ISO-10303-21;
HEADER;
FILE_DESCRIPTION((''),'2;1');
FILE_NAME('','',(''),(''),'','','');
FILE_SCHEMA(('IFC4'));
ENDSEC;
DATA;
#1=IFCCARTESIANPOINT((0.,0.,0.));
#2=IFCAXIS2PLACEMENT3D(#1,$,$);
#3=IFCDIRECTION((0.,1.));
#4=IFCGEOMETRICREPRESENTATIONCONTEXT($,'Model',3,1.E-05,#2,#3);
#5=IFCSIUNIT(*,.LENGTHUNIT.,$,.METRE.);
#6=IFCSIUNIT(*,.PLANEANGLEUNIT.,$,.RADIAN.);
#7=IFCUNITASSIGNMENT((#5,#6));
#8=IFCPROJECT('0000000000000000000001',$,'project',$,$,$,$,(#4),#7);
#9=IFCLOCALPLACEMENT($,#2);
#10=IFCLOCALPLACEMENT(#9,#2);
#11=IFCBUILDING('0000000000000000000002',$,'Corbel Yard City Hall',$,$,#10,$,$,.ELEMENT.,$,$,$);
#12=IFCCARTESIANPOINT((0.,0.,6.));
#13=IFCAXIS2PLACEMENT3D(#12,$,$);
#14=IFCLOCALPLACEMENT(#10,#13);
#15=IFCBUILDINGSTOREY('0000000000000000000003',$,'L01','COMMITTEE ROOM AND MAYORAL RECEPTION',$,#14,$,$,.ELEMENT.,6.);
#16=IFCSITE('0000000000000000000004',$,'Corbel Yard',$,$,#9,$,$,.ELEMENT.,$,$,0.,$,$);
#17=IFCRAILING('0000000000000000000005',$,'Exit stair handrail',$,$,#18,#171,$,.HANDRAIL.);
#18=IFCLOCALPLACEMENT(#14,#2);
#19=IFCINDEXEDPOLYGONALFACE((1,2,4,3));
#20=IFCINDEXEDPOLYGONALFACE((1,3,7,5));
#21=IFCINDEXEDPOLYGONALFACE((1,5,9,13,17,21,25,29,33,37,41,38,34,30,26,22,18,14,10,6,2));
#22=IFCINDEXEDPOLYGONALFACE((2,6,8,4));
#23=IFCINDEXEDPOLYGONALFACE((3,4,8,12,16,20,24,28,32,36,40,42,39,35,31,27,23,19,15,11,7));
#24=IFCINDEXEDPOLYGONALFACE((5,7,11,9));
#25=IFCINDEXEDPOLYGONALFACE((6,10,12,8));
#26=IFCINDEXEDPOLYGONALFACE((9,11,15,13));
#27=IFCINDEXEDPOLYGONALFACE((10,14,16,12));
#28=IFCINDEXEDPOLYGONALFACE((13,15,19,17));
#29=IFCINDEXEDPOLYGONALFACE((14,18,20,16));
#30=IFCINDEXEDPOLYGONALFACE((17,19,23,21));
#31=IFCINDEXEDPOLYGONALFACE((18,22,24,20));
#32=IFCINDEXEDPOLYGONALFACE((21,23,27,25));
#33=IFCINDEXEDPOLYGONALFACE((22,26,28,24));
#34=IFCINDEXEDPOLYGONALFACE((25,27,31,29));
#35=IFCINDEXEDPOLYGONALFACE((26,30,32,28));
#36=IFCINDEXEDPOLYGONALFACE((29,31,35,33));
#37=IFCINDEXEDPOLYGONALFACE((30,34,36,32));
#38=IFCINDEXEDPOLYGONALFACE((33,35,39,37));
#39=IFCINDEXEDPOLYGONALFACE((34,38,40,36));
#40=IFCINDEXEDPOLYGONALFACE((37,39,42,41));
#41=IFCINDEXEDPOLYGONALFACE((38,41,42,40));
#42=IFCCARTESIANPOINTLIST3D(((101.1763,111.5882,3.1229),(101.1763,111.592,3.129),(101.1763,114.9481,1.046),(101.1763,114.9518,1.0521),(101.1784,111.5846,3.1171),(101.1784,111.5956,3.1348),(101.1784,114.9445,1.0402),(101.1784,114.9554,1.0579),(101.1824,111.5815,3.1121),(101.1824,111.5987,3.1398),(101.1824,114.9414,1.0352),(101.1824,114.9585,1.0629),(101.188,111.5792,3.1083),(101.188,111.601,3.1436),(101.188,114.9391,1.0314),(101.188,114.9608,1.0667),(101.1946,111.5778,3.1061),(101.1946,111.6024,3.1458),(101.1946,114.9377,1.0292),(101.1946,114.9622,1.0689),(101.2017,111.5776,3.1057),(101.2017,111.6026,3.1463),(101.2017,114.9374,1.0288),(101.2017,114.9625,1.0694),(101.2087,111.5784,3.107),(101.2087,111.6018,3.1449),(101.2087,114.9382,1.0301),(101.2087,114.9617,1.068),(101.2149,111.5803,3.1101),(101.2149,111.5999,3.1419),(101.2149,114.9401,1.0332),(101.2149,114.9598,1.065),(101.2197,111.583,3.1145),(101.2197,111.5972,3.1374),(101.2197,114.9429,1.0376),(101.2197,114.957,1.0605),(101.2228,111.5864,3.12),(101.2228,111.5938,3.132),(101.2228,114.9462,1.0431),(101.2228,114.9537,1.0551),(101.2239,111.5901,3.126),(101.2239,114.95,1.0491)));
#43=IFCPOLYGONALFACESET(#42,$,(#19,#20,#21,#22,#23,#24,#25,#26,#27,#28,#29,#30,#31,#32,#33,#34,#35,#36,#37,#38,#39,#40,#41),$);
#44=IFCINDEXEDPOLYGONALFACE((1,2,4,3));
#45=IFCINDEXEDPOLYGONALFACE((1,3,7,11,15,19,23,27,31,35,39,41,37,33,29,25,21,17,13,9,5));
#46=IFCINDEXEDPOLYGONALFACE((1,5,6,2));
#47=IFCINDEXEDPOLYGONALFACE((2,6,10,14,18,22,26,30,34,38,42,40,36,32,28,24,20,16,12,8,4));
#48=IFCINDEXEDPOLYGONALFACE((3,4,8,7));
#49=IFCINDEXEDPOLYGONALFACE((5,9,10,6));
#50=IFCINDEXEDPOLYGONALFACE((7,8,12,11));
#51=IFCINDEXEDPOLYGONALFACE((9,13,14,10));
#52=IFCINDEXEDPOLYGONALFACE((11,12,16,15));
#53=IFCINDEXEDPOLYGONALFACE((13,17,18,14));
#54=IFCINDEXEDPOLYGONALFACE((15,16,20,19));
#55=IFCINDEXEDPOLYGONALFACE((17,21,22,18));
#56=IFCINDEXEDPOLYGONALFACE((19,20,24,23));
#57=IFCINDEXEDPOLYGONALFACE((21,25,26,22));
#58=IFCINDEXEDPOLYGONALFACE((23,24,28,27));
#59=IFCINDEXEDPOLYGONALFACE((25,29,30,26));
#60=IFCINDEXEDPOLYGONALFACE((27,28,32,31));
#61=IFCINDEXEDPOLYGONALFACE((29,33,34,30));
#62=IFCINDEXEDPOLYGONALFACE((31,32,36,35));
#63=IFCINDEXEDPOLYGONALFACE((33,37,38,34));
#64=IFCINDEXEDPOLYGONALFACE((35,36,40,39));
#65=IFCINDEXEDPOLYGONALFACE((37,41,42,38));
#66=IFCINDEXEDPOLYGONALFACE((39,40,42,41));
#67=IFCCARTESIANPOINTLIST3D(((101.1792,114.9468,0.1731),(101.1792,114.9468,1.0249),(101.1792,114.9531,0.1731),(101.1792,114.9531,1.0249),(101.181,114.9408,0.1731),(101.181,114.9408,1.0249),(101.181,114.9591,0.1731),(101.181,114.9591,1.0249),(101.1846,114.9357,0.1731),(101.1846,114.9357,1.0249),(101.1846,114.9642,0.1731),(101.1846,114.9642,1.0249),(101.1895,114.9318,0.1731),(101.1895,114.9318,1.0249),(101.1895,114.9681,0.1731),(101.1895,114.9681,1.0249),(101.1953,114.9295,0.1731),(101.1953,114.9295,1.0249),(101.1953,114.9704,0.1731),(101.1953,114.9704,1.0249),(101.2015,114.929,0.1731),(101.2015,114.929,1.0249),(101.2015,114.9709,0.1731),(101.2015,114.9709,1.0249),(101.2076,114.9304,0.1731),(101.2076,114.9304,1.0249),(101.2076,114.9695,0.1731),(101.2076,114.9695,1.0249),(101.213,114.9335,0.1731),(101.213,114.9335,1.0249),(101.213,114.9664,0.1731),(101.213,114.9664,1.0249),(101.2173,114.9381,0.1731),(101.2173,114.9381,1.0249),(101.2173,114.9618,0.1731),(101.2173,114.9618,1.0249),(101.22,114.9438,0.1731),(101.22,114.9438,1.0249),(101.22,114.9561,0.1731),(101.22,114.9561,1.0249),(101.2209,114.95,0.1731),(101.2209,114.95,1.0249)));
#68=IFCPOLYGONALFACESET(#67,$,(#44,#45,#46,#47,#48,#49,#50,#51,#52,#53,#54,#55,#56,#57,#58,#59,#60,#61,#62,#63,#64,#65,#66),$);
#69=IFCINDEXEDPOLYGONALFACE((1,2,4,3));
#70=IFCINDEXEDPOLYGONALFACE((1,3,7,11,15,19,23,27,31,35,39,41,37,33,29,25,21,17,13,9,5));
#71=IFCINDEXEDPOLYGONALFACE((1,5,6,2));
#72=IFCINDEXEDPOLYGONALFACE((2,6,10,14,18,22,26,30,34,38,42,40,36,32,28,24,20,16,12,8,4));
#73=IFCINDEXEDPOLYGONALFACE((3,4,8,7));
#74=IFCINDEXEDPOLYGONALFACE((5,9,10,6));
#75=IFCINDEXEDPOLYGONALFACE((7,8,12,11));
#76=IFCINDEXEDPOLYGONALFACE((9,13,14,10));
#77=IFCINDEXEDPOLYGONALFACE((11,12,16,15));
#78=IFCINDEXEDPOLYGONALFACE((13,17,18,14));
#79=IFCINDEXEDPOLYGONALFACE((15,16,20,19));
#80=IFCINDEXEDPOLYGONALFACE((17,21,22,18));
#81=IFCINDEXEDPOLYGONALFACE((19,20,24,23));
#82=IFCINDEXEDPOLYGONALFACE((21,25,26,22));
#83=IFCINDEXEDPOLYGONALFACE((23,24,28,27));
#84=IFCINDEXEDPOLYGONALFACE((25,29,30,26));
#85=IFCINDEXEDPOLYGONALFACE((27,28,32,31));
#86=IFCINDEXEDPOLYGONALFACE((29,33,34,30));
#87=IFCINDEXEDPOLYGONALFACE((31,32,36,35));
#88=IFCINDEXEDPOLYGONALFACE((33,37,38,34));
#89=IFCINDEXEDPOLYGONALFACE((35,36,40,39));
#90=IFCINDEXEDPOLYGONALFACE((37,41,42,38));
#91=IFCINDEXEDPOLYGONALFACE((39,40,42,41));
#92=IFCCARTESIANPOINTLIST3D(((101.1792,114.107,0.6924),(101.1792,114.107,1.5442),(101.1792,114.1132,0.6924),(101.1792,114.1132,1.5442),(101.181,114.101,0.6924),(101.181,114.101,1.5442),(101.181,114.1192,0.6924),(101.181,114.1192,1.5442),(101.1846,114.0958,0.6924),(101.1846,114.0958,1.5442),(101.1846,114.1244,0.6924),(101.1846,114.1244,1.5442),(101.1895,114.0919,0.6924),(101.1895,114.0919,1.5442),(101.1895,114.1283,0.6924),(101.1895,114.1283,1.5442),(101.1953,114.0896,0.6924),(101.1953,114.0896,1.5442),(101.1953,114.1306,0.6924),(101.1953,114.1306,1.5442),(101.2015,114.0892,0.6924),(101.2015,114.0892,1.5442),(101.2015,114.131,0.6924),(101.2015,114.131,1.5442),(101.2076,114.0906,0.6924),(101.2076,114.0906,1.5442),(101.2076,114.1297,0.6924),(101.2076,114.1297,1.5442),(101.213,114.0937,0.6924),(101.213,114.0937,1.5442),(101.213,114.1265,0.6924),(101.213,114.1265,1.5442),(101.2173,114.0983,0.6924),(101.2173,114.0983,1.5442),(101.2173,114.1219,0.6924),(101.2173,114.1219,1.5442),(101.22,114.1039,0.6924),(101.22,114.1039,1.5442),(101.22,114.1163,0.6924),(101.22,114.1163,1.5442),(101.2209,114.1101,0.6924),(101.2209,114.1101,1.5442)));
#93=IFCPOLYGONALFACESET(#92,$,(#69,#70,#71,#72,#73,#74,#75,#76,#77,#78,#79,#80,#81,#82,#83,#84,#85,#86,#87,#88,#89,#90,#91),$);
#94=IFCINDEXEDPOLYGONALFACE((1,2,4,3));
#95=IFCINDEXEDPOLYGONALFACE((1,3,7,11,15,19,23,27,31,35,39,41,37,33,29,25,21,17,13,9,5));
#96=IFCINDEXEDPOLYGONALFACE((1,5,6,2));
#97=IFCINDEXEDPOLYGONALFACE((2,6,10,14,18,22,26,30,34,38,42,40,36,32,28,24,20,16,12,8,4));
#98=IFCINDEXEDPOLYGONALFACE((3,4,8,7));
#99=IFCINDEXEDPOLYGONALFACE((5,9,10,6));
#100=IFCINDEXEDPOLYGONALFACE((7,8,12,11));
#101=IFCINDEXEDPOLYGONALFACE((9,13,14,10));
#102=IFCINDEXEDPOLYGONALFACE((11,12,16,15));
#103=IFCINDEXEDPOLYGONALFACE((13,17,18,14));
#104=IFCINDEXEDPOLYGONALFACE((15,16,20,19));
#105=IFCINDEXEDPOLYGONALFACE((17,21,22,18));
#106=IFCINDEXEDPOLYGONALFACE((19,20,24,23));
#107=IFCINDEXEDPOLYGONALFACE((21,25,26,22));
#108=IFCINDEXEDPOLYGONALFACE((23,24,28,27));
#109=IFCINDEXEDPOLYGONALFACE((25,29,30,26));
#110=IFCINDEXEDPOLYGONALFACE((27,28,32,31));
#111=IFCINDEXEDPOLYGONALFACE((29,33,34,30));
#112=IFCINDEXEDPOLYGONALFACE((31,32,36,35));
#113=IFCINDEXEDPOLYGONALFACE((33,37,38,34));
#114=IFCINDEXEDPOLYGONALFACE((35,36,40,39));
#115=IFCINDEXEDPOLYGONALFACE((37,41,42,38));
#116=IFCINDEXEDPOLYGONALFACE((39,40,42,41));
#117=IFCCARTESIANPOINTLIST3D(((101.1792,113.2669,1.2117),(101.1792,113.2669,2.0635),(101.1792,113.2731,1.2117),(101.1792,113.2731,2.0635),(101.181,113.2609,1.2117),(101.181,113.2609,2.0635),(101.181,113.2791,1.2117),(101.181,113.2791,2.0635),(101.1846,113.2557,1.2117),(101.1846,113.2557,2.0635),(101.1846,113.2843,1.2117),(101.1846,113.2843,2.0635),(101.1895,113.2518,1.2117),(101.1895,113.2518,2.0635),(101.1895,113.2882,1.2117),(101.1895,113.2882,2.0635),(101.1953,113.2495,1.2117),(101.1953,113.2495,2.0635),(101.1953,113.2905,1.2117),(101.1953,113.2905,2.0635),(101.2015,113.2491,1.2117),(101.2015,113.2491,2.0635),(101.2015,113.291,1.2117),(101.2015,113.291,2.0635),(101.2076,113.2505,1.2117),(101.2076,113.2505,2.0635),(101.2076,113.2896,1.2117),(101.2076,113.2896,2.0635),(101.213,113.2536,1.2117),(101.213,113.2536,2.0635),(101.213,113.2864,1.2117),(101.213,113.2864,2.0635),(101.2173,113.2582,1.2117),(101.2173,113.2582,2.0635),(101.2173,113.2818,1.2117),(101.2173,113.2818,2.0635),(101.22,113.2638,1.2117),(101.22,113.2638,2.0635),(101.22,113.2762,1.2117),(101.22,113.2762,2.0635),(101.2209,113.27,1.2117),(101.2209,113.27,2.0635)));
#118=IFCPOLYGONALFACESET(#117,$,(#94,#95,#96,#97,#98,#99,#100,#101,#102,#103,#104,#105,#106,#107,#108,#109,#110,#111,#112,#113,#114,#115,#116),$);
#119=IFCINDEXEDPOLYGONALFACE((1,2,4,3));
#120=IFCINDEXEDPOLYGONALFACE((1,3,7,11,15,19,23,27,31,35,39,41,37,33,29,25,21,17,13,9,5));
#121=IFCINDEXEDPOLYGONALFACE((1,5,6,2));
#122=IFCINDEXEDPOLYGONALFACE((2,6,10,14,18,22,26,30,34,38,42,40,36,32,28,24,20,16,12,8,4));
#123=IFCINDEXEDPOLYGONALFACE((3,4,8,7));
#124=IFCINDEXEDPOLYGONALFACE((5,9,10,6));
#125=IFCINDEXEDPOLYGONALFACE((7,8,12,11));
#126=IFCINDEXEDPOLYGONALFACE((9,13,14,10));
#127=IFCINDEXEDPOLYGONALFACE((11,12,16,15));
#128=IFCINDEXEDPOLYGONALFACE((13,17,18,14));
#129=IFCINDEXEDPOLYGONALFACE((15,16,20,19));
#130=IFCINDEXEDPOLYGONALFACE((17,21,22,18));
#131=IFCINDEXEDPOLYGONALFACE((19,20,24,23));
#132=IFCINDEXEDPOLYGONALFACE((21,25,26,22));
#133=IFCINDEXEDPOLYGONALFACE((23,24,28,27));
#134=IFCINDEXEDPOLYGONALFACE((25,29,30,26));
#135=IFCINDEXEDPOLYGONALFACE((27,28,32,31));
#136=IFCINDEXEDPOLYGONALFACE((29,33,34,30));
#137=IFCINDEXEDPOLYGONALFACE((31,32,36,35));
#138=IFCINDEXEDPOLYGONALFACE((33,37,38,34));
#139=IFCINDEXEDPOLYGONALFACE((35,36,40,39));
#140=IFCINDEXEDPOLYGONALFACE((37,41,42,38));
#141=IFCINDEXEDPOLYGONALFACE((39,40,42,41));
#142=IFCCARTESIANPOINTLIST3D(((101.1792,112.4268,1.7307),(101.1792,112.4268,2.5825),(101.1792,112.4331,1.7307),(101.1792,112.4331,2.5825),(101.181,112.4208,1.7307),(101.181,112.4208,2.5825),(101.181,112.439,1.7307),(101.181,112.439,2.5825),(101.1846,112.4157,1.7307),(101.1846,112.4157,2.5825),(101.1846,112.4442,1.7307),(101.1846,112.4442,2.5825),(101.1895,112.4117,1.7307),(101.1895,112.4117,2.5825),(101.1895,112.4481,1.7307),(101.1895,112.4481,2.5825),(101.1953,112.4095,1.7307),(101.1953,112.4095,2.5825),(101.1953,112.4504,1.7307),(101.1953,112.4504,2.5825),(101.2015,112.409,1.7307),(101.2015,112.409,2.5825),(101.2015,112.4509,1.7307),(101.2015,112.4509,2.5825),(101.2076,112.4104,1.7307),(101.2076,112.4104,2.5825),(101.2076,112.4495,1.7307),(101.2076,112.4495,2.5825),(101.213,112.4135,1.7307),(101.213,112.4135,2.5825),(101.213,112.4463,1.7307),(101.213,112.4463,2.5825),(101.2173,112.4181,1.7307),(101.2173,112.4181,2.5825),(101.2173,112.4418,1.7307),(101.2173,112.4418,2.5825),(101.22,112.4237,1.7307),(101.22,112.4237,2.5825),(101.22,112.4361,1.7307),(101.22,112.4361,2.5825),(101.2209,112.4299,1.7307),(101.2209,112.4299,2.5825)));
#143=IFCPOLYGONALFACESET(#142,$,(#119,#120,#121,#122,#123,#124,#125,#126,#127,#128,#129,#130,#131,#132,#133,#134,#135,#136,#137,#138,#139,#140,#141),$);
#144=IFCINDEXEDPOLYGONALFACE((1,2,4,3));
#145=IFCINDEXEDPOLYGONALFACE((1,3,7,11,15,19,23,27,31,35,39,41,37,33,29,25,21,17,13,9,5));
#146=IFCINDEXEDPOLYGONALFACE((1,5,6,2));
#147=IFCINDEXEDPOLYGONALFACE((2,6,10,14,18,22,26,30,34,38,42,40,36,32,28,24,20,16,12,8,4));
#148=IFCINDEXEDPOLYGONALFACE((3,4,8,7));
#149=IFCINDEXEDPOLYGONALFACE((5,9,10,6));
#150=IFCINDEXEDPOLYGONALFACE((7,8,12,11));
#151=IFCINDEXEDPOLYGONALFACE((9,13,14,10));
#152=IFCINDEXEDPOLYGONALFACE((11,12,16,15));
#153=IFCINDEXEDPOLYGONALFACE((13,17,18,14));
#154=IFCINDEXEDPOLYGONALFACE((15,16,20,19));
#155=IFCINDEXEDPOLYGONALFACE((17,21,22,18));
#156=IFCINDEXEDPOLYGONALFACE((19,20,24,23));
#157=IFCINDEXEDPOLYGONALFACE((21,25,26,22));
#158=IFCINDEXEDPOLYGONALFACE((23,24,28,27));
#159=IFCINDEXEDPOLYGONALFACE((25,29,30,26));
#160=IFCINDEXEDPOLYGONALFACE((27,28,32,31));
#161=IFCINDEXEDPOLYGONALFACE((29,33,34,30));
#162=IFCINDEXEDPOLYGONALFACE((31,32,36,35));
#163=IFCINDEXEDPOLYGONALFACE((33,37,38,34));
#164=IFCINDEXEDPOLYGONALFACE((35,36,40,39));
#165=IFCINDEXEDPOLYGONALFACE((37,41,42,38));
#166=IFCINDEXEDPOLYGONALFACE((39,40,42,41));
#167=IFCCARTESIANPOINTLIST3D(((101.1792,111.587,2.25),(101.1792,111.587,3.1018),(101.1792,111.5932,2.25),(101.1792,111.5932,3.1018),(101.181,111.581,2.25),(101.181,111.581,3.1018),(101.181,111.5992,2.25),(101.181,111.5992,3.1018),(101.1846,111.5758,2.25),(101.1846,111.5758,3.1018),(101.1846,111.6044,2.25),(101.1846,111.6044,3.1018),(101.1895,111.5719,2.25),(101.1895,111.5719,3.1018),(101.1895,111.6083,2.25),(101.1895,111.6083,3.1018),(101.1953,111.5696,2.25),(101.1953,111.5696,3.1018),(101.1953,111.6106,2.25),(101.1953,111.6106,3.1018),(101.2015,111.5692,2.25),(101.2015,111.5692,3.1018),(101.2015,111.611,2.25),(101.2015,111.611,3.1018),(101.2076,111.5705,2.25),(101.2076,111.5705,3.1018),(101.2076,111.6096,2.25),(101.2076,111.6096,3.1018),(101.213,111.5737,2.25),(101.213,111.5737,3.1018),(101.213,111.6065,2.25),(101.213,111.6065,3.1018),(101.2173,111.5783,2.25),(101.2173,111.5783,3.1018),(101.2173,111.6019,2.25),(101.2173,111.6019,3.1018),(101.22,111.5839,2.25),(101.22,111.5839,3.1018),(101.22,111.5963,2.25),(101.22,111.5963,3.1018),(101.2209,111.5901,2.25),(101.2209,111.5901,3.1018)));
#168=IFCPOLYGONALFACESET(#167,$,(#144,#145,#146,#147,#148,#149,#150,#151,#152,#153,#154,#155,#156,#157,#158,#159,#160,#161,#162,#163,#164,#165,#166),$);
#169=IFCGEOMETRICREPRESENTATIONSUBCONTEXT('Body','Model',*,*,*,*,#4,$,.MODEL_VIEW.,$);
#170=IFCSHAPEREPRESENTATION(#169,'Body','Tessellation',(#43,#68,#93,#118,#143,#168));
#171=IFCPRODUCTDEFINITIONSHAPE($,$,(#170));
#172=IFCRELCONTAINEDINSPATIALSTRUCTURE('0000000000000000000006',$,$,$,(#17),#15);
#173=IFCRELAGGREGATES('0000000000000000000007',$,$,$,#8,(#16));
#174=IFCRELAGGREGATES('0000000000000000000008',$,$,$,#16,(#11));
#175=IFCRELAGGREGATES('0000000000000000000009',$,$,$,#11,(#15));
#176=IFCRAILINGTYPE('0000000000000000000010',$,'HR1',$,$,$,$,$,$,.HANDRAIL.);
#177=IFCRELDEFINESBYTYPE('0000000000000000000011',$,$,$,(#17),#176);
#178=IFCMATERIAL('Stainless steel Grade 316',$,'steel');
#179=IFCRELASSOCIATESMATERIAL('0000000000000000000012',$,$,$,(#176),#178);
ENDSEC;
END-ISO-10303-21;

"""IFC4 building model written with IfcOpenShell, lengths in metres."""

from ifc_helpers import new_model, si_unit, direction, frame, origin, origin_2d, place, context, subcontext, project, spatial, circle, extrude, material, type_object, element, save


model = new_model("IFC4")

# Units and contexts
model_context = context("Model", 3, precision=1e-05, world=origin(), true_north=direction((0.0, 1.0)))
body_context = subcontext(model_context, "Body", "Model", "MODEL_VIEW")
ifc_project = project(units=[si_unit("LENGTHUNIT", "METRE"), si_unit("PLANEANGLEUNIT", "RADIAN")], contexts=[model_context])

# Site, building, storey
site_placement = place(None, origin())
site = spatial("IfcSite", under=ifc_project, at=site_placement, Name="Corbel Yard", CompositionType="ELEMENT", RefElevation=0.0)
building_placement = place(site_placement, origin())
building = spatial("IfcBuilding", under=site, at=building_placement, Name="Corbel Yard City Hall", CompositionType="ELEMENT")
storey_placement = place(building_placement, frame((0.0, 0.0, 6.0)))
storey = spatial("IfcBuildingStorey", under=building, at=storey_placement, Name="L01", Description="COMMITTEE ROOM AND MAYORAL RECEPTION", CompositionType="ELEMENT", Elevation=6.0)

# Railing
ifc_material_1 = material(Name="Stainless steel Grade 316", Category="steel")
railing_type = type_object("IfcRailingType", Name="HR1", PredefinedType="HANDRAIL", material=ifc_material_1)
for number, where, name in (
    (1, (101.2, 114.95, 0.1731), "Exit stair handrail"),
):
    element("IfcRailing", number, at=place(storey_placement, frame(where)), inside=storey, type_object=railing_type, Name=name, PredefinedType="HANDRAIL", context=body_context, shape_type="SweptSolid", body=[
        extrude(circle(Radius=0.0239, at=origin_2d()), frame((0.0, 0.0, 0.876), z_axis=(0.0, -0.850606, 0.525803), x_axis=(1.0, 0.0, 0.0)), (0.0, 0.0, 1.0), 3.95),
        extrude(circle(Radius=0.021, at=origin_2d()), origin(), (0.0, 0.0, 1.0), 0.8518),
        extrude(circle(Radius=0.021, at=origin_2d()), frame((0.0, -0.8398, 0.5193)), (0.0, 0.0, 1.0), 0.8518),
        extrude(circle(Radius=0.021, at=origin_2d()), frame((0.0, -1.6799, 1.0386)), (0.0, 0.0, 1.0), 0.8518),
        extrude(circle(Radius=0.021, at=origin_2d()), frame((0.0, -2.52, 1.5576)), (0.0, 0.0, 1.0), 0.8518),
        extrude(circle(Radius=0.021, at=origin_2d()), frame((0.0, -3.3599, 2.0769)), (0.0, 0.0, 1.0), 0.8518),
    ])

save(model, "model.ifc")
